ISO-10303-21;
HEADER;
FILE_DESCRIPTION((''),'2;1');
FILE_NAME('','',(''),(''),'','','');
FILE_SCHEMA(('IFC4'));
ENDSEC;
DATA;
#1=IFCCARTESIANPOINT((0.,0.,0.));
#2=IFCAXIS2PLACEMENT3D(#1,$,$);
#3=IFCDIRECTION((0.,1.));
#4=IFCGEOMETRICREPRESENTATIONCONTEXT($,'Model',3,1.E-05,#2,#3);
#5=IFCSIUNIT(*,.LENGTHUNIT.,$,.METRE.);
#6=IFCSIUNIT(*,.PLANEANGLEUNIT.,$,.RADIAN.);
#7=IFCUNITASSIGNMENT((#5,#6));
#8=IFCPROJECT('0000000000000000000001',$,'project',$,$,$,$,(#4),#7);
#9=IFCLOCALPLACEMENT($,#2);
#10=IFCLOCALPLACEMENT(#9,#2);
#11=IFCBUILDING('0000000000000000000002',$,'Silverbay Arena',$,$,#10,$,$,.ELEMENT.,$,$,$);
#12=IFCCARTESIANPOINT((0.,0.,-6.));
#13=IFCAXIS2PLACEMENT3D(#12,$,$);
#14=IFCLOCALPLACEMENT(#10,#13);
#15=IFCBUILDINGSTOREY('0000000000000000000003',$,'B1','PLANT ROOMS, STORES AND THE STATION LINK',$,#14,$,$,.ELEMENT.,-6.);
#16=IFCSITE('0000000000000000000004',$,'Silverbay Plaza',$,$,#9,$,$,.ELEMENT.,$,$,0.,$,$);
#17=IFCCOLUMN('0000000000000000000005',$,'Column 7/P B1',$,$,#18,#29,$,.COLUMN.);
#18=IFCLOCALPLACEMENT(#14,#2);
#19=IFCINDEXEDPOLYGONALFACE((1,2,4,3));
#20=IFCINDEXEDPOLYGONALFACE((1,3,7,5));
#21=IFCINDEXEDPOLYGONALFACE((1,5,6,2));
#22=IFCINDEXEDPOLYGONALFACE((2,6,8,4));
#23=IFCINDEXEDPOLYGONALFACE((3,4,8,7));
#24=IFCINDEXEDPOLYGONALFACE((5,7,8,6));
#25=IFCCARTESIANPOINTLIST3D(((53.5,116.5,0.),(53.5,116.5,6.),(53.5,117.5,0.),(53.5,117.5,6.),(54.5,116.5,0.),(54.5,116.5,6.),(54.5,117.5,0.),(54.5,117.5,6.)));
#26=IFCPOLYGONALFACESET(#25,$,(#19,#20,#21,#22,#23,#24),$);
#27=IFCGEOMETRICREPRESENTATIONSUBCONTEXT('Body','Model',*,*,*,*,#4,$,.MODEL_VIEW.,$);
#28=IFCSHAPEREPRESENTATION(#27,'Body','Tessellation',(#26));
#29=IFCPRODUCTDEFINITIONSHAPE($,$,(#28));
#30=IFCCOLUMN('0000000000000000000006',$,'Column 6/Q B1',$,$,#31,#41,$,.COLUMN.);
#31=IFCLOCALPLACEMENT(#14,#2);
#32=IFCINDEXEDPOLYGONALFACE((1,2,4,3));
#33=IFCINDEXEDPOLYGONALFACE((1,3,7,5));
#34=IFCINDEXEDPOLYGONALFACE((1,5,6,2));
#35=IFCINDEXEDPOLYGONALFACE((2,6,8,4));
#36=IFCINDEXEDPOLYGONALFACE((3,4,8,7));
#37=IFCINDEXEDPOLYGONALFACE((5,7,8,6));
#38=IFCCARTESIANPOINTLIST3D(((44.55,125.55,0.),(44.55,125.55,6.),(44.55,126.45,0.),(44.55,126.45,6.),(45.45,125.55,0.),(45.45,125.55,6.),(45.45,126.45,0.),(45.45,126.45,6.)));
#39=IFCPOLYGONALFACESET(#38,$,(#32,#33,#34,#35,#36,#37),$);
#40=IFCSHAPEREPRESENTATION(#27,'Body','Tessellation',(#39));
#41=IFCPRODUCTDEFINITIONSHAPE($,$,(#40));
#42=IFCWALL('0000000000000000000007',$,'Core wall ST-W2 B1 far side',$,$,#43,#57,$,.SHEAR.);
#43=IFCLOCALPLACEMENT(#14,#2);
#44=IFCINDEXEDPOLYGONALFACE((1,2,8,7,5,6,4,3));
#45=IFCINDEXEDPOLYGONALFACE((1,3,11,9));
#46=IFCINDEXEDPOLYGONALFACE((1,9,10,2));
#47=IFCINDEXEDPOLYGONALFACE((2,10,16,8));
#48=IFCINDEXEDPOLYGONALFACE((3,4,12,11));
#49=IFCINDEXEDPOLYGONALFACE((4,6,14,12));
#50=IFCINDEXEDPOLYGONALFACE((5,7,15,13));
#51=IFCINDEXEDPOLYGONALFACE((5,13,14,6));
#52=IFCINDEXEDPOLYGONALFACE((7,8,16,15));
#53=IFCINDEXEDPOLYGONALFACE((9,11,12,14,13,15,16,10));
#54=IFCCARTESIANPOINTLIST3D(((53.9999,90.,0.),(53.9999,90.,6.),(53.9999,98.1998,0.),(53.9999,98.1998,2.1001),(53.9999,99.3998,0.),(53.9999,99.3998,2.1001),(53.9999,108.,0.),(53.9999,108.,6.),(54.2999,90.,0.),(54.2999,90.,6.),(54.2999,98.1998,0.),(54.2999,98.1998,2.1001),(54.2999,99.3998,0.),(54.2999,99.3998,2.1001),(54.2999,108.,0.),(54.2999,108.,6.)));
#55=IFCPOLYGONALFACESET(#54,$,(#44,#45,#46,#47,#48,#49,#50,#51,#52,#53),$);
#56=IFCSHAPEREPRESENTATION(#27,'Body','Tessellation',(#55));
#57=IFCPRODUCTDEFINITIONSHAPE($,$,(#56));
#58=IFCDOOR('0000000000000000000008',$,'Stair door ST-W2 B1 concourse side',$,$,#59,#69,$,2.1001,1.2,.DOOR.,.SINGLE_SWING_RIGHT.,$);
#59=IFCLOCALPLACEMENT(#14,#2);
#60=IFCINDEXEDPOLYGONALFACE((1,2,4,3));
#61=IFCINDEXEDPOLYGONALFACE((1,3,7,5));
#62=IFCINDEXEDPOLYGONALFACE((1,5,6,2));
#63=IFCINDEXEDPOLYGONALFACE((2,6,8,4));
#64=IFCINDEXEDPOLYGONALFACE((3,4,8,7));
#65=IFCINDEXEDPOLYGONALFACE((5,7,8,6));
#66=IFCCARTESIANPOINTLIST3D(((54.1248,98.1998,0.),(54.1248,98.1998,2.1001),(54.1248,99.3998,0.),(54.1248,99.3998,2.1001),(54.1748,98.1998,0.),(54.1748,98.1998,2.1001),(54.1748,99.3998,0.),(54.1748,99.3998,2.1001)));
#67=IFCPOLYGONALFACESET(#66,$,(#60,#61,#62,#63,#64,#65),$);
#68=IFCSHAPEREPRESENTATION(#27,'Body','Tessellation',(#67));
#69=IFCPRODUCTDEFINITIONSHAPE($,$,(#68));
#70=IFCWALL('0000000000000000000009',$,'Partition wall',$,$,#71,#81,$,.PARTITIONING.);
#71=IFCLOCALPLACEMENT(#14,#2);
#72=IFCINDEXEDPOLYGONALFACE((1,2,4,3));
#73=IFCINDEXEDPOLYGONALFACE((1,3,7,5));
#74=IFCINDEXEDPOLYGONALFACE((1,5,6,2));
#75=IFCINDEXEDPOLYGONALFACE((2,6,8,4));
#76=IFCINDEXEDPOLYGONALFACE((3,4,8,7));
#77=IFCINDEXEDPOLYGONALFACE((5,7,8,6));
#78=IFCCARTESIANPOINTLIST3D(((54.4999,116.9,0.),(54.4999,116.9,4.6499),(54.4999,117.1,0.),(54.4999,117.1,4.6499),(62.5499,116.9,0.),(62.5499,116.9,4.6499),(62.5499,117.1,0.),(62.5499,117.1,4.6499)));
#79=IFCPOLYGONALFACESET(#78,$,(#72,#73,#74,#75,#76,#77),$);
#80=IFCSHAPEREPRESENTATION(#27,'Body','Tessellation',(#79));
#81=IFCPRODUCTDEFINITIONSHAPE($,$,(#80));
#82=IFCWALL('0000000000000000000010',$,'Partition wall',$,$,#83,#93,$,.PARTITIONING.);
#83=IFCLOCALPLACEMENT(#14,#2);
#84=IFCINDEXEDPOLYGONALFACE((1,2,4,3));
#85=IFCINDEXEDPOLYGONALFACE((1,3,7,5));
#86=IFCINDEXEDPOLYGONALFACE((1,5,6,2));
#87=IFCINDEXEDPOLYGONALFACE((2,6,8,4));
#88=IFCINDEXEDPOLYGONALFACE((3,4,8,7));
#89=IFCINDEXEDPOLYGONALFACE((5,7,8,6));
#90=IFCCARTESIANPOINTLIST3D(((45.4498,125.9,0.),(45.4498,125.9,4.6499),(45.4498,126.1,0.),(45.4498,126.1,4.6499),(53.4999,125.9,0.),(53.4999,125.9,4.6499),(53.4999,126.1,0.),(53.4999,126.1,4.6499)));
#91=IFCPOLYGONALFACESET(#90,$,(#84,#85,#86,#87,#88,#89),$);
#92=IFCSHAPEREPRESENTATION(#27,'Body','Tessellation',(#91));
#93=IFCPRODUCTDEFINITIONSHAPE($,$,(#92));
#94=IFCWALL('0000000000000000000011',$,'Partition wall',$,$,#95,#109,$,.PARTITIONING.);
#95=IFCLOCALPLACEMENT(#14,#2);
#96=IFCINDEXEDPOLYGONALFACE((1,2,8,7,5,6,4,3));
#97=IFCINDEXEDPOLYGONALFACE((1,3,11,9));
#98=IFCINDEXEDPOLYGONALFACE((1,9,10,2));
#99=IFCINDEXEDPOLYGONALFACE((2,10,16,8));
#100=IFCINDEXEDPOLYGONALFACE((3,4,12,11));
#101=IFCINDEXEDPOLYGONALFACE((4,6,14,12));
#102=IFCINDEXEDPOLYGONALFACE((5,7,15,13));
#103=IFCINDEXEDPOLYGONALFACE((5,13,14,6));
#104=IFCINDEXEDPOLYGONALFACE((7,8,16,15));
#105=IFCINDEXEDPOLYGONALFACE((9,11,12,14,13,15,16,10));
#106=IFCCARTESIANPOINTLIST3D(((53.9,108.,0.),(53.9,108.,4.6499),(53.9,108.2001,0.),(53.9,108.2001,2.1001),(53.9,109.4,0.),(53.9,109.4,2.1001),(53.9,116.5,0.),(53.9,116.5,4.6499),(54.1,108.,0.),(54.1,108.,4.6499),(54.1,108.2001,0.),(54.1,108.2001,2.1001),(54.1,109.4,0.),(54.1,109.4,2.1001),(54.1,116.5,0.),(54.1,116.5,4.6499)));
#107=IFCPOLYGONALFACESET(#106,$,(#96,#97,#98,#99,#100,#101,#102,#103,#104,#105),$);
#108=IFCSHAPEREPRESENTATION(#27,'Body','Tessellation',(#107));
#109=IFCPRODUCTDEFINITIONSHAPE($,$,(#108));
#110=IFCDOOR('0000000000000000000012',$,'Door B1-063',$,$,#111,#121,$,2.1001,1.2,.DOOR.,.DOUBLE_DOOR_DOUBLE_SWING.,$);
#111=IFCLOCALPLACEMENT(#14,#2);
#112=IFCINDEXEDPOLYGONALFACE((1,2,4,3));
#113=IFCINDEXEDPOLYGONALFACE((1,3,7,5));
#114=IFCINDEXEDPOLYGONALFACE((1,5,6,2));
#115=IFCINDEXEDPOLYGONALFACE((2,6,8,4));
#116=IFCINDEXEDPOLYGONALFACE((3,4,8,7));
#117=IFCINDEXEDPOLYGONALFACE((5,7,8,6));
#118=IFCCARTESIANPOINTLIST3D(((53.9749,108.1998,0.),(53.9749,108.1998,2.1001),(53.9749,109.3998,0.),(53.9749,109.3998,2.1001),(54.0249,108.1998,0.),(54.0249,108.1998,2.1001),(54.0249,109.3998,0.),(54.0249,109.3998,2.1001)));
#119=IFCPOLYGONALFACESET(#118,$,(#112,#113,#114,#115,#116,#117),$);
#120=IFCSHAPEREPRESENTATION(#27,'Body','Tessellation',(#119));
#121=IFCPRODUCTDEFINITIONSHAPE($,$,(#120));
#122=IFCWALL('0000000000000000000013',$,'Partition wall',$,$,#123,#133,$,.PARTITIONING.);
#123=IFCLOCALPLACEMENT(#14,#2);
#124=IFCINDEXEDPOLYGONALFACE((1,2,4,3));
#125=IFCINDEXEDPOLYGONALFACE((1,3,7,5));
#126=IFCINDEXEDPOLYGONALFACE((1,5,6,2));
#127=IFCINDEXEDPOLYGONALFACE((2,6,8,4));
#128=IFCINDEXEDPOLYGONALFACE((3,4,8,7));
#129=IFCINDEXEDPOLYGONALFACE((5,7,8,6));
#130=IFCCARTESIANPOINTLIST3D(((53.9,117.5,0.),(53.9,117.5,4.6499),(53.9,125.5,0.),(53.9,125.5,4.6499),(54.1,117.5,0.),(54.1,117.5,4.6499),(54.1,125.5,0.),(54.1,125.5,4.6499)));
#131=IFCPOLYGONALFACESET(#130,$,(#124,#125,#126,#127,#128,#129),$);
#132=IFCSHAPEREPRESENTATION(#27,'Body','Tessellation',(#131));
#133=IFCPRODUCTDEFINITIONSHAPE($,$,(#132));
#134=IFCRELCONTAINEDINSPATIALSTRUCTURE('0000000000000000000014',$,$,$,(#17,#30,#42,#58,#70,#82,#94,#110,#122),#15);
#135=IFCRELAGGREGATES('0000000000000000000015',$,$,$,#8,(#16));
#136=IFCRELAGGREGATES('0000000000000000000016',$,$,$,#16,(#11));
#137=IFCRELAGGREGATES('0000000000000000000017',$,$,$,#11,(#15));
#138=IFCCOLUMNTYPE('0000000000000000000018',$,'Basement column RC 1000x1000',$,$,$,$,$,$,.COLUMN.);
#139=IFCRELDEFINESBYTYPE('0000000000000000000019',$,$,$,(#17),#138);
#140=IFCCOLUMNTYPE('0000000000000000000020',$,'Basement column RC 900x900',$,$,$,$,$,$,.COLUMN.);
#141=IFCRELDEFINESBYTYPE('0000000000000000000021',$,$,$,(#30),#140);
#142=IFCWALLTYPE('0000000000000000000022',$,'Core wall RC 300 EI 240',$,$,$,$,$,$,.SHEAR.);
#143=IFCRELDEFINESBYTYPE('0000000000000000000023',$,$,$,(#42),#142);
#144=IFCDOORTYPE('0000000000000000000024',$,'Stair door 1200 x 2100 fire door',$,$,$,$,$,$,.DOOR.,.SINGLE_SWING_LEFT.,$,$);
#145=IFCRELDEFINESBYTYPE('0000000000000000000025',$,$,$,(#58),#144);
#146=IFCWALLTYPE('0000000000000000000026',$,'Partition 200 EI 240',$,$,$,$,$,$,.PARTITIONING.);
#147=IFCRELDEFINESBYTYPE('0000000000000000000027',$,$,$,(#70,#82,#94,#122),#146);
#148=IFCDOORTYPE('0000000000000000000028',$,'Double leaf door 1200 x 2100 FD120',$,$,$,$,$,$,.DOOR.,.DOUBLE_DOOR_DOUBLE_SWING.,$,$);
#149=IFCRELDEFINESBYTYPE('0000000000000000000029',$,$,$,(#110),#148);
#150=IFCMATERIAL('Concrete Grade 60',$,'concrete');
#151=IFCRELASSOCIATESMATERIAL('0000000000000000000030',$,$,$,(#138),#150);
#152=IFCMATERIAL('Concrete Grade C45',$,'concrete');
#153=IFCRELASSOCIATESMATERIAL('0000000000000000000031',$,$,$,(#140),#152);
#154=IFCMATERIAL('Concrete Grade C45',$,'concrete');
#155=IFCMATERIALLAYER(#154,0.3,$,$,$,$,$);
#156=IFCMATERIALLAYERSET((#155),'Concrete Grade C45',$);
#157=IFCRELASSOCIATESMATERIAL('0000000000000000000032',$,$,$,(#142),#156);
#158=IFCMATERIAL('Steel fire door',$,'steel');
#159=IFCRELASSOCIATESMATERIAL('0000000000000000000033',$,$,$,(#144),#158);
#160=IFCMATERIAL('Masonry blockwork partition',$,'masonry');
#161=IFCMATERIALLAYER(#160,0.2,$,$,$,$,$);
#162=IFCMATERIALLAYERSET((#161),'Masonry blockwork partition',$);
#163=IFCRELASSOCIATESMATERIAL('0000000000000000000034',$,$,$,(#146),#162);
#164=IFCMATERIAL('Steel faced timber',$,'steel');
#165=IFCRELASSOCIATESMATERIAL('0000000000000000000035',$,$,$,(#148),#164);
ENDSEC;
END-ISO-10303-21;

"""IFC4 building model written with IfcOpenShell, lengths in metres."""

from ifc_helpers import new_model, si_unit, direction, frame, frame_2d, origin, origin_2d, place, context, subcontext, project, spatial, rectangle, extrude, material, layer, layer_set, material_profile, profile_set, type_object, element, fill, save


model = new_model("IFC4")

# Units and contexts
model_context = context("Model", 3, precision=1e-05, world=origin(), true_north=direction((0.0, 1.0)))
body_context = subcontext(model_context, "Body", "Model", "MODEL_VIEW")
ifc_project = project(units=[si_unit("LENGTHUNIT", "METRE"), si_unit("PLANEANGLEUNIT", "RADIAN")], contexts=[model_context])

# Site, building, storey
site_placement = place(None, origin())
site = spatial("IfcSite", under=ifc_project, at=site_placement, Name="Silverbay Plaza", CompositionType="ELEMENT", RefElevation=0.0)
building_placement = place(site_placement, origin())
building = spatial("IfcBuilding", under=site, at=building_placement, Name="Silverbay Arena", CompositionType="ELEMENT")
storey_placement = place(building_placement, frame((0.0, 0.0, -6.0)))
storey = spatial("IfcBuildingStorey", under=building, at=storey_placement, Name="B1", Description="PLANT ROOMS, STORES AND THE STATION LINK", CompositionType="ELEMENT", Elevation=-6.0)

# Columns
ifc_material_1 = material(Name="Concrete Grade 60", Category="concrete")
ifc_material_profile_1 = material_profile(ifc_material_1, rectangle(XDim=1.0, YDim=1.0, at=origin_2d()), Name="RC 1000x1000")
ifc_profile_set_1 = profile_set([ifc_material_profile_1], Name="Concrete Grade 60")
column_type_1 = type_object("IfcColumnType", Name="Basement column RC 1000x1000", PredefinedType="COLUMN", material=ifc_profile_set_1)
column_1_placement = place(storey_placement, frame((54.0, 117.0, 0.0), z_axis=(0.0, 0.0, 1.0), x_axis=(1.0, 0.0, 0.0)))
element("IfcColumn", 1, at=column_1_placement, inside=storey, type_object=column_type_1, Name="Column 7/P B1", PredefinedType="COLUMN", context=body_context, shape_type="SweptSolid", body=[
    extrude(rectangle(XDim=1.0, YDim=1.0, at=origin_2d()), origin(), (0.0, 0.0, 1.0), 6.0),
])
ifc_material_2 = material(Name="Concrete Grade C45", Category="concrete")
ifc_material_profile_2 = material_profile(ifc_material_2, rectangle(XDim=0.8999, YDim=0.8999, at=origin_2d()), Name="RC 900x900")
ifc_profile_set_2 = profile_set([ifc_material_profile_2], Name="Concrete Grade C45")
column_type_2 = type_object("IfcColumnType", Name="Basement column RC 900x900", PredefinedType="COLUMN", material=ifc_profile_set_2)
column_2_placement = place(storey_placement, frame((45.0, 126.0, 0.0), z_axis=(0.0, 0.0, 1.0), x_axis=(1.0, 0.0, 0.0)))
element("IfcColumn", 2, at=column_2_placement, inside=storey, type_object=column_type_2, Name="Column 6/Q B1", PredefinedType="COLUMN", context=body_context, shape_type="SweptSolid", body=[
    extrude(rectangle(XDim=0.8999, YDim=0.8999, at=origin_2d()), origin(), (0.0, 0.0, 1.0), 6.0),
])

# Wall, opening, door
ifc_material_3 = material(Name="Concrete Grade C45", Category="concrete")
ifc_layer_1 = layer(ifc_material_3, 0.3)
ifc_layer_set_1 = layer_set([ifc_layer_1], Name="Concrete Grade C45")
wall_type_1 = type_object("IfcWallType", Name="Core wall RC 300 EI 240", PredefinedType="SHEAR", material=ifc_layer_set_1)
wall_1_placement = place(storey_placement, frame((54.1499, 108.0, 0.0), z_axis=(0.0, 0.0, 1.0), x_axis=(0.0, -1.0, 0.0)))
wall_1 = element("IfcWall", 3, at=wall_1_placement, inside=storey, type_object=wall_type_1, Name="Core wall ST-W2 B1 far side", PredefinedType="SHEAR", context=body_context, shape_type="SweptSolid", body=[
    extrude(rectangle(XDim=18.0, YDim=0.3, at=frame_2d((9.0, 0.0))), origin(), (0.0, 0.0, 1.0), 6.0),
])
opening_1_placement = place(wall_1_placement, frame((8.6001, 0.0, 0.0)))
opening_1 = element("IfcOpeningElement", 4, at=opening_1_placement, cuts=wall_1, PredefinedType="OPENING", context=body_context, shape_type="SweptSolid", body=[
    extrude(rectangle(XDim=1.2, YDim=2.1001, at=frame_2d((0.6001, 1.05))), frame((0.0, 0.1602, 0.0), z_axis=(0.0, -1.0, 0.0), x_axis=(1.0, 0.0, 0.0)), (0.0, 0.0, 1.0), 0.3201),
])
ifc_material_4 = material(Name="Steel fire door", Category="steel")
door_type_1 = type_object("IfcDoorType", Name="Stair door 1200 x 2100 fire door", OperationType="SINGLE_SWING_LEFT", PredefinedType="DOOR", material=ifc_material_4)
door_1_placement = place(opening_1_placement, origin())
door_1 = element("IfcDoor", 5, at=door_1_placement, inside=storey, type_object=door_type_1, Name="Stair door ST-W2 B1 concourse side", OperationType="SINGLE_SWING_RIGHT", OverallHeight=2.1001, OverallWidth=1.2, PredefinedType="DOOR", context=body_context, shape_type="SweptSolid", body=[
    extrude(rectangle(XDim=1.2, YDim=2.1001, at=frame_2d((0.6001, 1.05))), frame((0.0, 0.0249, 0.0), z_axis=(0.0, -1.0, 0.0), x_axis=(1.0, 0.0, 0.0)), (0.0, 0.0, 1.0), 0.05),
])
fill(opening_1, door_1)

# Walls
ifc_material_5 = material(Name="Masonry blockwork partition", Category="masonry")
ifc_layer_2 = layer(ifc_material_5, 0.2)
ifc_layer_set_2 = layer_set([ifc_layer_2], Name="Masonry blockwork partition")
wall_type_2 = type_object("IfcWallType", Name="Partition 200 EI 240", PredefinedType="PARTITIONING", material=ifc_layer_set_2)
for number, where, z_axis, x_axis, name in (
    (6, (54.5, 117.0, 0.0), (0.0, 0.0, 1.0), (1.0, 0.0, 0.0), "Partition wall"),
    (7, (45.45, 126.0, 0.0), (0.0, 0.0, 1.0), (1.0, 0.0, 0.0), "Partition wall"),
):
    element("IfcWall", number, at=place(storey_placement, frame(where, z_axis=z_axis, x_axis=x_axis)), inside=storey, type_object=wall_type_2, Name=name, PredefinedType="PARTITIONING", context=body_context, shape_type="SweptSolid", body=[
        extrude(rectangle(XDim=8.05, YDim=0.2, at=frame_2d((4.0249, 0.0))), origin(), (0.0, 0.0, 1.0), 4.6499),
    ])

# Wall, opening, door
wall_2_placement = place(storey_placement, frame((54.0, 108.0, 0.0), z_axis=(0.0, 0.0, 1.0), x_axis=(0.0, 1.0, 0.0)))
wall_2 = element("IfcWall", 8, at=wall_2_placement, inside=storey, type_object=wall_type_2, Name="Partition wall", PredefinedType="PARTITIONING", context=body_context, shape_type="SweptSolid", body=[
    extrude(rectangle(XDim=8.5, YDim=0.2, at=frame_2d((4.25, 0.0))), origin(), (0.0, 0.0, 1.0), 4.6499),
])
opening_2_placement = place(wall_2_placement, frame((0.2, 0.0, 0.0)))
opening_2 = element("IfcOpeningElement", 9, at=opening_2_placement, cuts=wall_2, PredefinedType="OPENING", context=body_context, shape_type="SweptSolid", body=[
    extrude(rectangle(XDim=1.2, YDim=2.1001, at=frame_2d((0.6001, 1.05))), frame((0.0, 0.1099, 0.0), z_axis=(0.0, -1.0, 0.0), x_axis=(1.0, 0.0, 0.0)), (0.0, 0.0, 1.0), 0.22),
])
ifc_material_6 = material(Name="Steel faced timber", Category="steel")
door_type_2 = type_object("IfcDoorType", Name="Double leaf door 1200 x 2100 FD120", OperationType="DOUBLE_DOOR_DOUBLE_SWING", PredefinedType="DOOR", material=ifc_material_6)
door_2_placement = place(opening_2_placement, frame((1.2, 0.0, 0.0), z_axis=(0.0, 0.0, 1.0), x_axis=(-1.0, 0.0, 0.0)))
door_2 = element("IfcDoor", 10, at=door_2_placement, inside=storey, type_object=door_type_2, Name="Door B1-063", OperationType="DOUBLE_DOOR_DOUBLE_SWING", OverallHeight=2.1001, OverallWidth=1.2, PredefinedType="DOOR", context=body_context, shape_type="SweptSolid", body=[
    extrude(rectangle(XDim=1.2, YDim=2.1001, at=frame_2d((0.6001, 1.05))), frame((0.0, 0.0249, 0.0), z_axis=(0.0, -1.0, 0.0), x_axis=(1.0, 0.0, 0.0)), (0.0, 0.0, 1.0), 0.05),
])
fill(opening_2, door_2)

# Wall
wall_3_placement = place(storey_placement, frame((54.0, 117.5, 0.0), z_axis=(0.0, 0.0, 1.0), x_axis=(0.0, 1.0, 0.0)))
element("IfcWall", 11, at=wall_3_placement, inside=storey, type_object=wall_type_2, Name="Partition wall", PredefinedType="PARTITIONING", context=body_context, shape_type="SweptSolid", body=[
    extrude(rectangle(XDim=8.0, YDim=0.2, at=frame_2d((4.0, 0.0))), origin(), (0.0, 0.0, 1.0), 4.6499),
])

save(model, "model.ifc")
